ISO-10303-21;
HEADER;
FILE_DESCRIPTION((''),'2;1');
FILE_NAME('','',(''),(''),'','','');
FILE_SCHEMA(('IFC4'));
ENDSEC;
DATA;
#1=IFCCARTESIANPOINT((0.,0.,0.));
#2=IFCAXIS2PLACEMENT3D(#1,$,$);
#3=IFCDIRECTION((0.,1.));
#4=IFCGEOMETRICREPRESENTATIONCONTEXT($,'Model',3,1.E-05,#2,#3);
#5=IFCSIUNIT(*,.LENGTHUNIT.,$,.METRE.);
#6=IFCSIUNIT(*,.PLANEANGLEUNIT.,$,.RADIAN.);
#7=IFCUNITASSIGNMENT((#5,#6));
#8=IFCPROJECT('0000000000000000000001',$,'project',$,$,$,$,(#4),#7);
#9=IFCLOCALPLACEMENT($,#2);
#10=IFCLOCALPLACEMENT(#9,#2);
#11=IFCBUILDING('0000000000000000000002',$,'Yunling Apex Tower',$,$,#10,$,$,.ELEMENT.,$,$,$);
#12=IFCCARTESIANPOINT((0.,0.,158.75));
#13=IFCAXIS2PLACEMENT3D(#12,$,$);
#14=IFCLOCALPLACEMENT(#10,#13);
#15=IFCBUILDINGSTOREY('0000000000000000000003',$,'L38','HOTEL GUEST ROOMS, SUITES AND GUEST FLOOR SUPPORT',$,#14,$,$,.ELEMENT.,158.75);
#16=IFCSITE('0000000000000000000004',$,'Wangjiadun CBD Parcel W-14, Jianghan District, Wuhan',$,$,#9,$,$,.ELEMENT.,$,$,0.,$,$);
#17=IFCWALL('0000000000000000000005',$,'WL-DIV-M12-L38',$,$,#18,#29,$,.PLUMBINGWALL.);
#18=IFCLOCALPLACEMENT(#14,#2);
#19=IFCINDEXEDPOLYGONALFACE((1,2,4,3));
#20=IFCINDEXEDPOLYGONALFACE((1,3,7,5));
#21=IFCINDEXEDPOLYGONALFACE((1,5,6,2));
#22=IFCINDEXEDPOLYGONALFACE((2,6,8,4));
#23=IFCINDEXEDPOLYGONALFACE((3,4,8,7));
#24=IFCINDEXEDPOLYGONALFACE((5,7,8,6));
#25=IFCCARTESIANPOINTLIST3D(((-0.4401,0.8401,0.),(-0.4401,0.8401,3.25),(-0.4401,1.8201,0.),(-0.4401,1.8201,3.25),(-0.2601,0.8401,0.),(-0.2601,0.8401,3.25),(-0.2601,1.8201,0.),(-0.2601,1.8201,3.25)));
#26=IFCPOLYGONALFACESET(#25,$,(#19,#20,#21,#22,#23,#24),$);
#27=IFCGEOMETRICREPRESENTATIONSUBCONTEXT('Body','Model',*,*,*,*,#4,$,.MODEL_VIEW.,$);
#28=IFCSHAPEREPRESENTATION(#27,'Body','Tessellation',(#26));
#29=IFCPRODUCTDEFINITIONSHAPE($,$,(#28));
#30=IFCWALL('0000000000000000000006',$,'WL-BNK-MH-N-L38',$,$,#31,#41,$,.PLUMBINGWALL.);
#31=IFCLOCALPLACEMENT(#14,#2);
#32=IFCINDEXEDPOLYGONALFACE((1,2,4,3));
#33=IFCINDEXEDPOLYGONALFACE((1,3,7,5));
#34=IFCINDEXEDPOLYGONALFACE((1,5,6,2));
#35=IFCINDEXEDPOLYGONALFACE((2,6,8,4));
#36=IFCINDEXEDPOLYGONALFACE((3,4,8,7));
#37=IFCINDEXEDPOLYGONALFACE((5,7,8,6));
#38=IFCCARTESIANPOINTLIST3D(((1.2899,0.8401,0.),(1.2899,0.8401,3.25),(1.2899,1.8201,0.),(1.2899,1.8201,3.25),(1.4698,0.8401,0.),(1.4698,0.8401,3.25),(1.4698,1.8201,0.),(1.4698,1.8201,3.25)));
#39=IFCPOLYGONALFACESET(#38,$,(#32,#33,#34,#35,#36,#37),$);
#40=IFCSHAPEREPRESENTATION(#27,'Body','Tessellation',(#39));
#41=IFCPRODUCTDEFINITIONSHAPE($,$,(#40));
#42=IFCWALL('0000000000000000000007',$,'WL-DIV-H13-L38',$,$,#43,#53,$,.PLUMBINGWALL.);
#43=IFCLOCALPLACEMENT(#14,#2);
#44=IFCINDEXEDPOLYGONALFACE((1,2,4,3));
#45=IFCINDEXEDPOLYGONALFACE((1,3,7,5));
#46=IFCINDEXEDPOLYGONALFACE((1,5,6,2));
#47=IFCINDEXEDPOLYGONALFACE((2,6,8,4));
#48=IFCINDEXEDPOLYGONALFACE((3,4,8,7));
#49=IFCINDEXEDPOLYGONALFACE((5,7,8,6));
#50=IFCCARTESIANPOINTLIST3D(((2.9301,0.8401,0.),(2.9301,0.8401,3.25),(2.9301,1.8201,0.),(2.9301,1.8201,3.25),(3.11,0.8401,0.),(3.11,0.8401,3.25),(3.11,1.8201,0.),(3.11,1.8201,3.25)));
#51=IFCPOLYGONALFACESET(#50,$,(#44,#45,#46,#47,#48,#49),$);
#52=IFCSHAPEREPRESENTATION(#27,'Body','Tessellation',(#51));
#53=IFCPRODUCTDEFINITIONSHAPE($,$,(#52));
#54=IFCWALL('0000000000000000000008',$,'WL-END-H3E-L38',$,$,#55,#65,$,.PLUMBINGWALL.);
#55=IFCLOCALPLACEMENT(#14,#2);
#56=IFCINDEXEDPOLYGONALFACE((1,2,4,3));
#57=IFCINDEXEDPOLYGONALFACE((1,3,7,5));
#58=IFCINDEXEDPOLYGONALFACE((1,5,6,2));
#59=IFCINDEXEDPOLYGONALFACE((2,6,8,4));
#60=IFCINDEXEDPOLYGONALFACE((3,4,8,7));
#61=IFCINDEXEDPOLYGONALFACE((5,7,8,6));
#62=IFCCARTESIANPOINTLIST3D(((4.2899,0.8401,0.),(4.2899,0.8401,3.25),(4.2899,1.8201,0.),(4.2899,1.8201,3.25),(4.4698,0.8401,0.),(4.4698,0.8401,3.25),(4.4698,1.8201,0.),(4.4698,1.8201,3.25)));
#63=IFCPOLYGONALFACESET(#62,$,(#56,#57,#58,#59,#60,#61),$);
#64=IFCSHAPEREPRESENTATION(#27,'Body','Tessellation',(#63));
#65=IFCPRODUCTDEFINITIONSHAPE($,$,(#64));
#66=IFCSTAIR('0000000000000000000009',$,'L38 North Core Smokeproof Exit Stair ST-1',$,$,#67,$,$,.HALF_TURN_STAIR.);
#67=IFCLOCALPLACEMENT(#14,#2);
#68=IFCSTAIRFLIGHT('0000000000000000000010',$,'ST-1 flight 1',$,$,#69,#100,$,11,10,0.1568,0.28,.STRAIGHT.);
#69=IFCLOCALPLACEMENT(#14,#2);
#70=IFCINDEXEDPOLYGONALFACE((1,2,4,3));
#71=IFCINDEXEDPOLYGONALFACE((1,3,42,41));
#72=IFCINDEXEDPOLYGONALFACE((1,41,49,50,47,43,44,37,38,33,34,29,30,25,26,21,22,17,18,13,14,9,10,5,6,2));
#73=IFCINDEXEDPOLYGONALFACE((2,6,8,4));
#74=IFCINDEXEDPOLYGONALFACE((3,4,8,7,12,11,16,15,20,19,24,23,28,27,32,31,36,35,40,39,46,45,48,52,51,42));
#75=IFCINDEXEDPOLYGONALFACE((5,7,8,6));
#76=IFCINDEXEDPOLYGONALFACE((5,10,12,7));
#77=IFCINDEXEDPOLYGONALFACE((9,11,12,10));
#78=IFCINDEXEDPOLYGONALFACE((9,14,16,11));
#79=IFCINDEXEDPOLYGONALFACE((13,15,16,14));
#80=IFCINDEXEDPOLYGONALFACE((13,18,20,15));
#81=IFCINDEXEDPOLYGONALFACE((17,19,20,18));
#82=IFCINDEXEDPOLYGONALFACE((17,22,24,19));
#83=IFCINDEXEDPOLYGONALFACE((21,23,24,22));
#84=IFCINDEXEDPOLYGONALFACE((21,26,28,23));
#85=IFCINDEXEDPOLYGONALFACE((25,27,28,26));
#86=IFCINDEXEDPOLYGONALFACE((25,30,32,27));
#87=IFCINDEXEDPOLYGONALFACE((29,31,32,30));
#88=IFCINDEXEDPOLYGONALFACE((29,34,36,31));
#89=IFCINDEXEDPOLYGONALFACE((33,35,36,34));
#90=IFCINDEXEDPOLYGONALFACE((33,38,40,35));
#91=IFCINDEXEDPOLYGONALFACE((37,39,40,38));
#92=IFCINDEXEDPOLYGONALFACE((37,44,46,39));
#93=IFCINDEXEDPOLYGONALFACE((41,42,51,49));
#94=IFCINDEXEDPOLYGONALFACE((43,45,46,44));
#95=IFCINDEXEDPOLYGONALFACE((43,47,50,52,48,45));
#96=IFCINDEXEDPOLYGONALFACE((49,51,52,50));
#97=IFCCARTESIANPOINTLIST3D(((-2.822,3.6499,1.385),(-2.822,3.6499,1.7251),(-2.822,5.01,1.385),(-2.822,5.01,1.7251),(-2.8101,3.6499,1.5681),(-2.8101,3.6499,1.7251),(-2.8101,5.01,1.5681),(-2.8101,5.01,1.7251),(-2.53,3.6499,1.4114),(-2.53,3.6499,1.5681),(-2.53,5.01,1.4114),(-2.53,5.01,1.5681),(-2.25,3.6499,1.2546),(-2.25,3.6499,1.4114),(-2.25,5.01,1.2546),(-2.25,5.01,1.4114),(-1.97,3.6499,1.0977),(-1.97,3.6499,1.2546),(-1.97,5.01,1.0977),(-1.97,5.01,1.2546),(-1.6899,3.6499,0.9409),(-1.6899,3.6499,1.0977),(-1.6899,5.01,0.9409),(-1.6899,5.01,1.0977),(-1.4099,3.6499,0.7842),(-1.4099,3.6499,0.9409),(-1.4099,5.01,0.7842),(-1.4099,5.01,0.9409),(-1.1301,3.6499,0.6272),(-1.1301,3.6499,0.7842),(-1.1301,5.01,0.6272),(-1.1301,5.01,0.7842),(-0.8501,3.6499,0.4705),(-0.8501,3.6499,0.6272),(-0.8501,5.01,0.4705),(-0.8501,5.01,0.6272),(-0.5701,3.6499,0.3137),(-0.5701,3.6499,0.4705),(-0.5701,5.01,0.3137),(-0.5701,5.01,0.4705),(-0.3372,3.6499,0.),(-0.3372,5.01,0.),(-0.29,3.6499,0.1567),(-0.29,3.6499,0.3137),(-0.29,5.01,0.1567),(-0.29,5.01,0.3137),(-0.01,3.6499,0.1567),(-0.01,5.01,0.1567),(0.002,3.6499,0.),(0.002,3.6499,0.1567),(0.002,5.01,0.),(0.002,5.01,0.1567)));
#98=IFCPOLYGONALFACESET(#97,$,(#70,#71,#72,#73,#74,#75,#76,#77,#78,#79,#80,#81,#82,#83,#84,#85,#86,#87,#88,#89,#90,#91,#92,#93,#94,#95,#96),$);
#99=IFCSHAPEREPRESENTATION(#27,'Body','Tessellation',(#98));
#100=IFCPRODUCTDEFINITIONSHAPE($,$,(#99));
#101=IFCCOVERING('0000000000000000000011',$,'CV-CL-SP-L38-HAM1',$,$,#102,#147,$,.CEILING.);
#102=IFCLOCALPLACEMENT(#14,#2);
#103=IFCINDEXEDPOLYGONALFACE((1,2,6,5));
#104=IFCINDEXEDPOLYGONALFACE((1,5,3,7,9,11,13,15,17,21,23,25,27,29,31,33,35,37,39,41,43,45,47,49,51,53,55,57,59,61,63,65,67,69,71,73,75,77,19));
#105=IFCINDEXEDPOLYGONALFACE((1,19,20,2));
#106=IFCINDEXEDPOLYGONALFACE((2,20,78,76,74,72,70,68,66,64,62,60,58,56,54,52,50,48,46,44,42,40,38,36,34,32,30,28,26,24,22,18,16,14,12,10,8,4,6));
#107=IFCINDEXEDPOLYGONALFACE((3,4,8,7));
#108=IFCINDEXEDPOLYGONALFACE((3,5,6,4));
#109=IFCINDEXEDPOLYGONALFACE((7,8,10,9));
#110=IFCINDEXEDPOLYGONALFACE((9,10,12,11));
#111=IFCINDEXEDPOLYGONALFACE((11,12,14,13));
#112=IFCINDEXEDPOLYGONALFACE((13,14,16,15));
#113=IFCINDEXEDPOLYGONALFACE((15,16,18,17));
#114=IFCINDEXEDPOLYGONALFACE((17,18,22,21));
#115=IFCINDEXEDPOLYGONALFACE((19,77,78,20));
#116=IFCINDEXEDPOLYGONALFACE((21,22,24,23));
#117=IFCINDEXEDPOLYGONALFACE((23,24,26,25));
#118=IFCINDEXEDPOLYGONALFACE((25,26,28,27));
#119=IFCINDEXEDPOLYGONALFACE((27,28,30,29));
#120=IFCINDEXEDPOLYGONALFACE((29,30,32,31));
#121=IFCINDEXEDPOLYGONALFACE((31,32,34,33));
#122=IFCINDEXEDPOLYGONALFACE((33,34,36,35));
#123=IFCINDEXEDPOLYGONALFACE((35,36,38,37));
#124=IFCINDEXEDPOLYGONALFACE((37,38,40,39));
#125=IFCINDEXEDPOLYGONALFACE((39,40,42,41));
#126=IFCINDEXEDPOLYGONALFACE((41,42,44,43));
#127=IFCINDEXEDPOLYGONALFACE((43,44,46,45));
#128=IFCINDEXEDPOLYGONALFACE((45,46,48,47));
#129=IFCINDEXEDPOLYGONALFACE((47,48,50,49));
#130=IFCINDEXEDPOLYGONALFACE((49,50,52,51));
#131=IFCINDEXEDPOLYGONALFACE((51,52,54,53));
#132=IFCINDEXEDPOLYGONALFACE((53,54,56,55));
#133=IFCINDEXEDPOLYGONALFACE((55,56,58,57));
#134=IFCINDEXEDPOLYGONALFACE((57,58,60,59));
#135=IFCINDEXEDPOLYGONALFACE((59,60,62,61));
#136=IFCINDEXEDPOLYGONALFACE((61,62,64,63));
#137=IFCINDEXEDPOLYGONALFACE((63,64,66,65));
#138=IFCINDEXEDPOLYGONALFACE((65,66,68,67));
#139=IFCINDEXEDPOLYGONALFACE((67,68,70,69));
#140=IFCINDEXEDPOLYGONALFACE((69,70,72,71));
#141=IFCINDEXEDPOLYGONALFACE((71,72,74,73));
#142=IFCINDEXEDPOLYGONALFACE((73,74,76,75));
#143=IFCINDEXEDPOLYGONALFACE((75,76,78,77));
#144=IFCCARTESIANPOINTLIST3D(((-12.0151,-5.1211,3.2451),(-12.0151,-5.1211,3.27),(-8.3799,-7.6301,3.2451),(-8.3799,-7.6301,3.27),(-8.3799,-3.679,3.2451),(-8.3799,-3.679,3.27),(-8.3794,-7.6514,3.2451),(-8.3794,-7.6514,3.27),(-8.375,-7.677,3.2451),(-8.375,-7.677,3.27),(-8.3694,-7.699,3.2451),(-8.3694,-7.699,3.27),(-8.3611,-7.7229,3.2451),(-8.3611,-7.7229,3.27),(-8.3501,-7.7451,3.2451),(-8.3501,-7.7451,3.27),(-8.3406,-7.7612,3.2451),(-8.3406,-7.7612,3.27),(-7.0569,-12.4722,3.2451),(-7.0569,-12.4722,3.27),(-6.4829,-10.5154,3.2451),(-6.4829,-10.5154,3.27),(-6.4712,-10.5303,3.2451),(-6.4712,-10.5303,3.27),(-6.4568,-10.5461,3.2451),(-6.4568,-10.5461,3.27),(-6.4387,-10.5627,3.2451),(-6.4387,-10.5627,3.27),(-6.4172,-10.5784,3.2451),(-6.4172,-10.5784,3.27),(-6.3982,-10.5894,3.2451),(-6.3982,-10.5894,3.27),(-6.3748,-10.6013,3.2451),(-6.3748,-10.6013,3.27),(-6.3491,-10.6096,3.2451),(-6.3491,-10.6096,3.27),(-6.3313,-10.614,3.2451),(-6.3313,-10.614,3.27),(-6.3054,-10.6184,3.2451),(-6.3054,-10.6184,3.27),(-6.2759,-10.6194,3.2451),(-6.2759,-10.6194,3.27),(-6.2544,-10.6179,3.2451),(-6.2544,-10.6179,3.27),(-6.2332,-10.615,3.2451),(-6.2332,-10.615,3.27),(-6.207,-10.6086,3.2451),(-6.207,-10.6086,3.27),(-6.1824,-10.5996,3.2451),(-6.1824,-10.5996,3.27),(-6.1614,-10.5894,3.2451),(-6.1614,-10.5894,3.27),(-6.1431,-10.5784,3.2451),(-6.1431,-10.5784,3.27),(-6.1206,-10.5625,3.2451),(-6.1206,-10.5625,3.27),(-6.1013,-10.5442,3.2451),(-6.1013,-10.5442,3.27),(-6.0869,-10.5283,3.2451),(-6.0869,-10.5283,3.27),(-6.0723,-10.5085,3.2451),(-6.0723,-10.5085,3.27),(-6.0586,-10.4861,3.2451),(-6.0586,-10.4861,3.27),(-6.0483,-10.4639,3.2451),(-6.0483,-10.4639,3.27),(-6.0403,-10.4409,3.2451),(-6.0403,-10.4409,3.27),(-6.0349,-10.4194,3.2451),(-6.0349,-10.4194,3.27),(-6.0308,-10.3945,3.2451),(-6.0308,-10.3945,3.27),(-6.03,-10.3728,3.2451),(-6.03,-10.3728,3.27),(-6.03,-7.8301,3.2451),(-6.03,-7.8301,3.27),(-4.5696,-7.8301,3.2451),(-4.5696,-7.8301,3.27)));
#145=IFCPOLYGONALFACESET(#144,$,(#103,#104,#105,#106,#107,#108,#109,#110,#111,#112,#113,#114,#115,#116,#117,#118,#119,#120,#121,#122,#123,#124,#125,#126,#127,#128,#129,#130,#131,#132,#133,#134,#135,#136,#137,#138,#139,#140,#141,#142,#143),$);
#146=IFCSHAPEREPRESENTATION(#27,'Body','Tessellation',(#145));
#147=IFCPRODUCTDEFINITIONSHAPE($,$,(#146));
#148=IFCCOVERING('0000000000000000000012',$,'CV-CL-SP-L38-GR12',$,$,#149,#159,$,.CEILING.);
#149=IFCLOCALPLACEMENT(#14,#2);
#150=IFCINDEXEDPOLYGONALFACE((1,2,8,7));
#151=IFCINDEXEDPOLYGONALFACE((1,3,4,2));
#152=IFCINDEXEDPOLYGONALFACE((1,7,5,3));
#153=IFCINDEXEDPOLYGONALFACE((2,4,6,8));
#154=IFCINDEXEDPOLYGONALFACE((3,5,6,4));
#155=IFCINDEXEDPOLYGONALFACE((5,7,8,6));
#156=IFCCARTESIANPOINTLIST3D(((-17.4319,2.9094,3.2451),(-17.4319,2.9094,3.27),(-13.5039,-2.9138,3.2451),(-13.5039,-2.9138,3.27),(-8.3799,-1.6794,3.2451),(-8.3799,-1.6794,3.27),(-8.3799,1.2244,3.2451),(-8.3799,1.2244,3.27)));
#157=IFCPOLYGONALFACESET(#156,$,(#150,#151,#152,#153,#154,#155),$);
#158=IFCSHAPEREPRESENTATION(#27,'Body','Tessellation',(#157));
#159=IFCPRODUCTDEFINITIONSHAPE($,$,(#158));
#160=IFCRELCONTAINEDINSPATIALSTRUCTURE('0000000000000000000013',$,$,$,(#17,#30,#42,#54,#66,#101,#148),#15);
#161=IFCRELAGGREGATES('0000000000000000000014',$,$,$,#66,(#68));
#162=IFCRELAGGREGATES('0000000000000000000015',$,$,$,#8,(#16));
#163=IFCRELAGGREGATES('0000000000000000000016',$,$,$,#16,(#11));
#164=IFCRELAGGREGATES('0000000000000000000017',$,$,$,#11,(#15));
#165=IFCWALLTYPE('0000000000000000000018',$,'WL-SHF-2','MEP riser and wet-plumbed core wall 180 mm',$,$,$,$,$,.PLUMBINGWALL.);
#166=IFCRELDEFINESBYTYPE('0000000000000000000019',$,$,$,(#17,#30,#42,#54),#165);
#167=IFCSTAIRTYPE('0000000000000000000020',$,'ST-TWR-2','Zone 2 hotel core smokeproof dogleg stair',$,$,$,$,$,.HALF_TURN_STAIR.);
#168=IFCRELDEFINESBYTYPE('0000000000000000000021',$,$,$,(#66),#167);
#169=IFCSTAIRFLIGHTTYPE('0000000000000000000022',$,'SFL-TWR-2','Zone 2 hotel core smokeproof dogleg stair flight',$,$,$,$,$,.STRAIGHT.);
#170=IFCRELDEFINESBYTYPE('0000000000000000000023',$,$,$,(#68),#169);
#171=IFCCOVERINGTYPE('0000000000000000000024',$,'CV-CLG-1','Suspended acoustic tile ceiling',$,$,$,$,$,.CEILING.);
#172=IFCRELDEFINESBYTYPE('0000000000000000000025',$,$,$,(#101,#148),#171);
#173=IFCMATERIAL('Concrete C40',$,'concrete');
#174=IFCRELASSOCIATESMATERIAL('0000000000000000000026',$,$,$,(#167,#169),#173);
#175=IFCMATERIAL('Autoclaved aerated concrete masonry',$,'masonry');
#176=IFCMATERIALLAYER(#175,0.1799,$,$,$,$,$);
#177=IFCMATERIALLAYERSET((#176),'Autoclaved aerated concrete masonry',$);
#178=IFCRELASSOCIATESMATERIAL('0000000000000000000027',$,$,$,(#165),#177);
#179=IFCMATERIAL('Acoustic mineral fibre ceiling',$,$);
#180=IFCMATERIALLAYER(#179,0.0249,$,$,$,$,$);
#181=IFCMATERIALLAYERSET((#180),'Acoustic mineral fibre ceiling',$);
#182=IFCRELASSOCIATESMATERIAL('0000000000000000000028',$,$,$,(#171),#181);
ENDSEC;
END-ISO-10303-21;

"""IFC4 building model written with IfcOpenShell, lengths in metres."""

from ifc_helpers import new_model, si_unit, direction, frame, frame_2d, origin, place, context, subcontext, project, spatial, polyline, rectangle, outline, extrude, material, layer, layer_set, type_object, element, aggregate, save


model = new_model("IFC4")

# Units and contexts
model_context = context("Model", 3, precision=1e-05, world=origin(), true_north=direction((0.0, 1.0)))
body_context = subcontext(model_context, "Body", "Model", "MODEL_VIEW")
ifc_project = project(units=[si_unit("LENGTHUNIT", "METRE"), si_unit("PLANEANGLEUNIT", "RADIAN")], contexts=[model_context])

# Site, building, storey
site_placement = place(None, origin())
site = spatial("IfcSite", under=ifc_project, at=site_placement, Name="Wangjiadun CBD Parcel W-14, Jianghan District, Wuhan", CompositionType="ELEMENT", RefElevation=0.0)
building_placement = place(site_placement, origin())
building = spatial("IfcBuilding", under=site, at=building_placement, Name="Yunling Apex Tower", CompositionType="ELEMENT")
storey_placement = place(building_placement, frame((0.0, 0.0, 158.75)))
storey = spatial("IfcBuildingStorey", under=building, at=storey_placement, Name="L38", Description="HOTEL GUEST ROOMS, SUITES AND GUEST FLOOR SUPPORT", CompositionType="ELEMENT", Elevation=158.75)

# Shared definitions
ifc_material_1 = material(Name="Concrete C40", Category="concrete")
stair_type = type_object("IfcStairType", Name="ST-TWR-2", Description="Zone 2 hotel core smokeproof dogleg stair", PredefinedType="HALF_TURN_STAIR", material=ifc_material_1)

# Shared definitions
ifc_material_2 = material(Name="Autoclaved aerated concrete masonry", Category="masonry")

# Walls
ifc_layer_1 = layer(ifc_material_2, 0.1799)
ifc_layer_set_1 = layer_set([ifc_layer_1], Name="Autoclaved aerated concrete masonry")
wall_type_1 = type_object("IfcWallType", Name="WL-SHF-2", Description="MEP riser and wet-plumbed core wall 180 mm", PredefinedType="PLUMBINGWALL", material=ifc_layer_set_1)
for number, where, z_axis, x_axis, name in (
    (1, (-0.3501, 0.8401, 0.0), (0.0, 0.0, 1.0), (0.0, 1.0, 0.0), "WL-DIV-M12-L38"),
    (2, (1.3799, 0.8401, 0.0), (0.0, 0.0, 1.0), (0.0, 1.0, 0.0), "WL-BNK-MH-N-L38"),
    (3, (3.02, 0.8401, 0.0), (0.0, 0.0, 1.0), (0.0, 1.0, 0.0), "WL-DIV-H13-L38"),
    (4, (4.3799, 0.8401, 0.0), (0.0, 0.0, 1.0), (0.0, 1.0, 0.0), "WL-END-H3E-L38"),
):
    element("IfcWall", number, at=place(storey_placement, frame(where, z_axis=z_axis, x_axis=x_axis)), inside=storey, type_object=wall_type_1, Name=name, PredefinedType="PLUMBINGWALL", context=body_context, shape_type="SweptSolid", body=[
        extrude(rectangle(XDim=0.98, YDim=0.1799, at=frame_2d((0.49, 0.0))), origin(), (0.0, 0.0, 1.0), 3.25),
    ])

# Stair, stair flight
stair_1_placement = place(storey_placement, origin())
stair_1 = element("IfcStair", 5, at=stair_1_placement, inside=storey, type_object=stair_type, Name="L38 North Core Smokeproof Exit Stair ST-1", PredefinedType="HALF_TURN_STAIR")
stair_flight_type = type_object("IfcStairFlightType", Name="SFL-TWR-2", Description="Zone 2 hotel core smokeproof dogleg stair flight", PredefinedType="STRAIGHT", material=ifc_material_1)
stair_flight_placement = place(storey_placement, frame((-0.01, 4.3301, 0.0), z_axis=(0.0, 0.0, 1.0), x_axis=(-1.0, 0.0, 0.0)))
stair_flight = element("IfcStairFlight", 6, at=stair_flight_placement, type_object=stair_flight_type, Name="ST-1 flight 1", NumberOfRisers=11, NumberOfTreads=10, PredefinedType="STRAIGHT", RiserHeight=0.1568, TreadLength=0.28, context=body_context, shape_type="SweptSolid", body=[
    extrude(outline(polyline([(-0.012, 0.0), (-0.012, 0.1567), (0.0, 0.1567), (0.28, 0.1567), (0.28, 0.3137), (0.5601, 0.3137), (0.5601, 0.4705), (0.8401, 0.4705), (0.8401, 0.6272), (1.1201, 0.6272), (1.1201, 0.7842), (1.3999, 0.7842), (1.3999, 0.9409), (1.6799, 0.9409), (1.6799, 1.0977), (1.96, 1.0977), (1.96, 1.2546), (2.24, 1.2546), (2.24, 1.4114), (2.52, 1.4114), (2.52, 1.5681), (2.8, 1.5681), (2.8, 1.7251), (2.812, 1.7251), (2.812, 1.385), (0.3271, 0.0), (-0.012, 0.0)])), frame((0.0, 0.6802, 0.0), z_axis=(0.0, -1.0, 0.0), x_axis=(1.0, 0.0, 0.0)), (0.0, 0.0, 1.0), 1.3601),
])
aggregate(stair_1, [stair_flight])

# Coverings
ifc_material_3 = material(Name="Acoustic mineral fibre ceiling")
ifc_layer_2 = layer(ifc_material_3, 0.0249)
ifc_layer_set_2 = layer_set([ifc_layer_2], Name="Acoustic mineral fibre ceiling")
covering_type_1 = type_object("IfcCoveringType", Name="CV-CLG-1", Description="Suspended acoustic tile ceiling", PredefinedType="CEILING", material=ifc_layer_set_2)
covering_1_placement = place(storey_placement, frame((0.0, 0.0, 3.2451)))
element("IfcCovering", 7, at=covering_1_placement, inside=storey, type_object=covering_type_1, Name="CV-CL-SP-L38-HAM1", PredefinedType="CEILING", context=body_context, shape_type="SweptSolid", body=[
    extrude(outline(polyline([(-7.0569, -12.4722), (-12.0151, -5.1211), (-8.3799, -3.679), (-8.3799, -7.6301), (-8.3794, -7.6514), (-8.375, -7.677), (-8.3694, -7.699), (-8.3611, -7.7229), (-8.3501, -7.7451), (-8.3406, -7.7612), (-6.4829, -10.5154), (-6.4712, -10.5303), (-6.4568, -10.5461), (-6.4387, -10.5627), (-6.4172, -10.5784), (-6.3982, -10.5894), (-6.3748, -10.6013), (-6.3491, -10.6096), (-6.3313, -10.614), (-6.3054, -10.6184), (-6.2759, -10.6194), (-6.2544, -10.6179), (-6.2332, -10.615), (-6.207, -10.6086), (-6.1824, -10.5996), (-6.1614, -10.5894), (-6.1431, -10.5784), (-6.1206, -10.5625), (-6.1013, -10.5442), (-6.0869, -10.5283), (-6.0723, -10.5085), (-6.0586, -10.4861), (-6.0483, -10.4639), (-6.0403, -10.4409), (-6.0349, -10.4194), (-6.0308, -10.3945), (-6.03, -10.3728), (-6.03, -7.8301), (-4.5696, -7.8301), (-7.0569, -12.4722)])), origin(), (0.0, 0.0, 1.0), 0.0249),
])
covering_2_placement = place(storey_placement, frame((0.0, 0.0, 3.2451)))
element("IfcCovering", 8, at=covering_2_placement, inside=storey, type_object=covering_type_1, Name="CV-CL-SP-L38-GR12", PredefinedType="CEILING", context=body_context, shape_type="SweptSolid", body=[
    extrude(outline(polyline([(-17.4319, 2.9094), (-8.3799, 1.2244), (-8.3799, -1.6794), (-13.5039, -2.9138), (-17.4319, 2.9094)])), origin(), (0.0, 0.0, 1.0), 0.0249),
])

save(model, "model.ifc")
